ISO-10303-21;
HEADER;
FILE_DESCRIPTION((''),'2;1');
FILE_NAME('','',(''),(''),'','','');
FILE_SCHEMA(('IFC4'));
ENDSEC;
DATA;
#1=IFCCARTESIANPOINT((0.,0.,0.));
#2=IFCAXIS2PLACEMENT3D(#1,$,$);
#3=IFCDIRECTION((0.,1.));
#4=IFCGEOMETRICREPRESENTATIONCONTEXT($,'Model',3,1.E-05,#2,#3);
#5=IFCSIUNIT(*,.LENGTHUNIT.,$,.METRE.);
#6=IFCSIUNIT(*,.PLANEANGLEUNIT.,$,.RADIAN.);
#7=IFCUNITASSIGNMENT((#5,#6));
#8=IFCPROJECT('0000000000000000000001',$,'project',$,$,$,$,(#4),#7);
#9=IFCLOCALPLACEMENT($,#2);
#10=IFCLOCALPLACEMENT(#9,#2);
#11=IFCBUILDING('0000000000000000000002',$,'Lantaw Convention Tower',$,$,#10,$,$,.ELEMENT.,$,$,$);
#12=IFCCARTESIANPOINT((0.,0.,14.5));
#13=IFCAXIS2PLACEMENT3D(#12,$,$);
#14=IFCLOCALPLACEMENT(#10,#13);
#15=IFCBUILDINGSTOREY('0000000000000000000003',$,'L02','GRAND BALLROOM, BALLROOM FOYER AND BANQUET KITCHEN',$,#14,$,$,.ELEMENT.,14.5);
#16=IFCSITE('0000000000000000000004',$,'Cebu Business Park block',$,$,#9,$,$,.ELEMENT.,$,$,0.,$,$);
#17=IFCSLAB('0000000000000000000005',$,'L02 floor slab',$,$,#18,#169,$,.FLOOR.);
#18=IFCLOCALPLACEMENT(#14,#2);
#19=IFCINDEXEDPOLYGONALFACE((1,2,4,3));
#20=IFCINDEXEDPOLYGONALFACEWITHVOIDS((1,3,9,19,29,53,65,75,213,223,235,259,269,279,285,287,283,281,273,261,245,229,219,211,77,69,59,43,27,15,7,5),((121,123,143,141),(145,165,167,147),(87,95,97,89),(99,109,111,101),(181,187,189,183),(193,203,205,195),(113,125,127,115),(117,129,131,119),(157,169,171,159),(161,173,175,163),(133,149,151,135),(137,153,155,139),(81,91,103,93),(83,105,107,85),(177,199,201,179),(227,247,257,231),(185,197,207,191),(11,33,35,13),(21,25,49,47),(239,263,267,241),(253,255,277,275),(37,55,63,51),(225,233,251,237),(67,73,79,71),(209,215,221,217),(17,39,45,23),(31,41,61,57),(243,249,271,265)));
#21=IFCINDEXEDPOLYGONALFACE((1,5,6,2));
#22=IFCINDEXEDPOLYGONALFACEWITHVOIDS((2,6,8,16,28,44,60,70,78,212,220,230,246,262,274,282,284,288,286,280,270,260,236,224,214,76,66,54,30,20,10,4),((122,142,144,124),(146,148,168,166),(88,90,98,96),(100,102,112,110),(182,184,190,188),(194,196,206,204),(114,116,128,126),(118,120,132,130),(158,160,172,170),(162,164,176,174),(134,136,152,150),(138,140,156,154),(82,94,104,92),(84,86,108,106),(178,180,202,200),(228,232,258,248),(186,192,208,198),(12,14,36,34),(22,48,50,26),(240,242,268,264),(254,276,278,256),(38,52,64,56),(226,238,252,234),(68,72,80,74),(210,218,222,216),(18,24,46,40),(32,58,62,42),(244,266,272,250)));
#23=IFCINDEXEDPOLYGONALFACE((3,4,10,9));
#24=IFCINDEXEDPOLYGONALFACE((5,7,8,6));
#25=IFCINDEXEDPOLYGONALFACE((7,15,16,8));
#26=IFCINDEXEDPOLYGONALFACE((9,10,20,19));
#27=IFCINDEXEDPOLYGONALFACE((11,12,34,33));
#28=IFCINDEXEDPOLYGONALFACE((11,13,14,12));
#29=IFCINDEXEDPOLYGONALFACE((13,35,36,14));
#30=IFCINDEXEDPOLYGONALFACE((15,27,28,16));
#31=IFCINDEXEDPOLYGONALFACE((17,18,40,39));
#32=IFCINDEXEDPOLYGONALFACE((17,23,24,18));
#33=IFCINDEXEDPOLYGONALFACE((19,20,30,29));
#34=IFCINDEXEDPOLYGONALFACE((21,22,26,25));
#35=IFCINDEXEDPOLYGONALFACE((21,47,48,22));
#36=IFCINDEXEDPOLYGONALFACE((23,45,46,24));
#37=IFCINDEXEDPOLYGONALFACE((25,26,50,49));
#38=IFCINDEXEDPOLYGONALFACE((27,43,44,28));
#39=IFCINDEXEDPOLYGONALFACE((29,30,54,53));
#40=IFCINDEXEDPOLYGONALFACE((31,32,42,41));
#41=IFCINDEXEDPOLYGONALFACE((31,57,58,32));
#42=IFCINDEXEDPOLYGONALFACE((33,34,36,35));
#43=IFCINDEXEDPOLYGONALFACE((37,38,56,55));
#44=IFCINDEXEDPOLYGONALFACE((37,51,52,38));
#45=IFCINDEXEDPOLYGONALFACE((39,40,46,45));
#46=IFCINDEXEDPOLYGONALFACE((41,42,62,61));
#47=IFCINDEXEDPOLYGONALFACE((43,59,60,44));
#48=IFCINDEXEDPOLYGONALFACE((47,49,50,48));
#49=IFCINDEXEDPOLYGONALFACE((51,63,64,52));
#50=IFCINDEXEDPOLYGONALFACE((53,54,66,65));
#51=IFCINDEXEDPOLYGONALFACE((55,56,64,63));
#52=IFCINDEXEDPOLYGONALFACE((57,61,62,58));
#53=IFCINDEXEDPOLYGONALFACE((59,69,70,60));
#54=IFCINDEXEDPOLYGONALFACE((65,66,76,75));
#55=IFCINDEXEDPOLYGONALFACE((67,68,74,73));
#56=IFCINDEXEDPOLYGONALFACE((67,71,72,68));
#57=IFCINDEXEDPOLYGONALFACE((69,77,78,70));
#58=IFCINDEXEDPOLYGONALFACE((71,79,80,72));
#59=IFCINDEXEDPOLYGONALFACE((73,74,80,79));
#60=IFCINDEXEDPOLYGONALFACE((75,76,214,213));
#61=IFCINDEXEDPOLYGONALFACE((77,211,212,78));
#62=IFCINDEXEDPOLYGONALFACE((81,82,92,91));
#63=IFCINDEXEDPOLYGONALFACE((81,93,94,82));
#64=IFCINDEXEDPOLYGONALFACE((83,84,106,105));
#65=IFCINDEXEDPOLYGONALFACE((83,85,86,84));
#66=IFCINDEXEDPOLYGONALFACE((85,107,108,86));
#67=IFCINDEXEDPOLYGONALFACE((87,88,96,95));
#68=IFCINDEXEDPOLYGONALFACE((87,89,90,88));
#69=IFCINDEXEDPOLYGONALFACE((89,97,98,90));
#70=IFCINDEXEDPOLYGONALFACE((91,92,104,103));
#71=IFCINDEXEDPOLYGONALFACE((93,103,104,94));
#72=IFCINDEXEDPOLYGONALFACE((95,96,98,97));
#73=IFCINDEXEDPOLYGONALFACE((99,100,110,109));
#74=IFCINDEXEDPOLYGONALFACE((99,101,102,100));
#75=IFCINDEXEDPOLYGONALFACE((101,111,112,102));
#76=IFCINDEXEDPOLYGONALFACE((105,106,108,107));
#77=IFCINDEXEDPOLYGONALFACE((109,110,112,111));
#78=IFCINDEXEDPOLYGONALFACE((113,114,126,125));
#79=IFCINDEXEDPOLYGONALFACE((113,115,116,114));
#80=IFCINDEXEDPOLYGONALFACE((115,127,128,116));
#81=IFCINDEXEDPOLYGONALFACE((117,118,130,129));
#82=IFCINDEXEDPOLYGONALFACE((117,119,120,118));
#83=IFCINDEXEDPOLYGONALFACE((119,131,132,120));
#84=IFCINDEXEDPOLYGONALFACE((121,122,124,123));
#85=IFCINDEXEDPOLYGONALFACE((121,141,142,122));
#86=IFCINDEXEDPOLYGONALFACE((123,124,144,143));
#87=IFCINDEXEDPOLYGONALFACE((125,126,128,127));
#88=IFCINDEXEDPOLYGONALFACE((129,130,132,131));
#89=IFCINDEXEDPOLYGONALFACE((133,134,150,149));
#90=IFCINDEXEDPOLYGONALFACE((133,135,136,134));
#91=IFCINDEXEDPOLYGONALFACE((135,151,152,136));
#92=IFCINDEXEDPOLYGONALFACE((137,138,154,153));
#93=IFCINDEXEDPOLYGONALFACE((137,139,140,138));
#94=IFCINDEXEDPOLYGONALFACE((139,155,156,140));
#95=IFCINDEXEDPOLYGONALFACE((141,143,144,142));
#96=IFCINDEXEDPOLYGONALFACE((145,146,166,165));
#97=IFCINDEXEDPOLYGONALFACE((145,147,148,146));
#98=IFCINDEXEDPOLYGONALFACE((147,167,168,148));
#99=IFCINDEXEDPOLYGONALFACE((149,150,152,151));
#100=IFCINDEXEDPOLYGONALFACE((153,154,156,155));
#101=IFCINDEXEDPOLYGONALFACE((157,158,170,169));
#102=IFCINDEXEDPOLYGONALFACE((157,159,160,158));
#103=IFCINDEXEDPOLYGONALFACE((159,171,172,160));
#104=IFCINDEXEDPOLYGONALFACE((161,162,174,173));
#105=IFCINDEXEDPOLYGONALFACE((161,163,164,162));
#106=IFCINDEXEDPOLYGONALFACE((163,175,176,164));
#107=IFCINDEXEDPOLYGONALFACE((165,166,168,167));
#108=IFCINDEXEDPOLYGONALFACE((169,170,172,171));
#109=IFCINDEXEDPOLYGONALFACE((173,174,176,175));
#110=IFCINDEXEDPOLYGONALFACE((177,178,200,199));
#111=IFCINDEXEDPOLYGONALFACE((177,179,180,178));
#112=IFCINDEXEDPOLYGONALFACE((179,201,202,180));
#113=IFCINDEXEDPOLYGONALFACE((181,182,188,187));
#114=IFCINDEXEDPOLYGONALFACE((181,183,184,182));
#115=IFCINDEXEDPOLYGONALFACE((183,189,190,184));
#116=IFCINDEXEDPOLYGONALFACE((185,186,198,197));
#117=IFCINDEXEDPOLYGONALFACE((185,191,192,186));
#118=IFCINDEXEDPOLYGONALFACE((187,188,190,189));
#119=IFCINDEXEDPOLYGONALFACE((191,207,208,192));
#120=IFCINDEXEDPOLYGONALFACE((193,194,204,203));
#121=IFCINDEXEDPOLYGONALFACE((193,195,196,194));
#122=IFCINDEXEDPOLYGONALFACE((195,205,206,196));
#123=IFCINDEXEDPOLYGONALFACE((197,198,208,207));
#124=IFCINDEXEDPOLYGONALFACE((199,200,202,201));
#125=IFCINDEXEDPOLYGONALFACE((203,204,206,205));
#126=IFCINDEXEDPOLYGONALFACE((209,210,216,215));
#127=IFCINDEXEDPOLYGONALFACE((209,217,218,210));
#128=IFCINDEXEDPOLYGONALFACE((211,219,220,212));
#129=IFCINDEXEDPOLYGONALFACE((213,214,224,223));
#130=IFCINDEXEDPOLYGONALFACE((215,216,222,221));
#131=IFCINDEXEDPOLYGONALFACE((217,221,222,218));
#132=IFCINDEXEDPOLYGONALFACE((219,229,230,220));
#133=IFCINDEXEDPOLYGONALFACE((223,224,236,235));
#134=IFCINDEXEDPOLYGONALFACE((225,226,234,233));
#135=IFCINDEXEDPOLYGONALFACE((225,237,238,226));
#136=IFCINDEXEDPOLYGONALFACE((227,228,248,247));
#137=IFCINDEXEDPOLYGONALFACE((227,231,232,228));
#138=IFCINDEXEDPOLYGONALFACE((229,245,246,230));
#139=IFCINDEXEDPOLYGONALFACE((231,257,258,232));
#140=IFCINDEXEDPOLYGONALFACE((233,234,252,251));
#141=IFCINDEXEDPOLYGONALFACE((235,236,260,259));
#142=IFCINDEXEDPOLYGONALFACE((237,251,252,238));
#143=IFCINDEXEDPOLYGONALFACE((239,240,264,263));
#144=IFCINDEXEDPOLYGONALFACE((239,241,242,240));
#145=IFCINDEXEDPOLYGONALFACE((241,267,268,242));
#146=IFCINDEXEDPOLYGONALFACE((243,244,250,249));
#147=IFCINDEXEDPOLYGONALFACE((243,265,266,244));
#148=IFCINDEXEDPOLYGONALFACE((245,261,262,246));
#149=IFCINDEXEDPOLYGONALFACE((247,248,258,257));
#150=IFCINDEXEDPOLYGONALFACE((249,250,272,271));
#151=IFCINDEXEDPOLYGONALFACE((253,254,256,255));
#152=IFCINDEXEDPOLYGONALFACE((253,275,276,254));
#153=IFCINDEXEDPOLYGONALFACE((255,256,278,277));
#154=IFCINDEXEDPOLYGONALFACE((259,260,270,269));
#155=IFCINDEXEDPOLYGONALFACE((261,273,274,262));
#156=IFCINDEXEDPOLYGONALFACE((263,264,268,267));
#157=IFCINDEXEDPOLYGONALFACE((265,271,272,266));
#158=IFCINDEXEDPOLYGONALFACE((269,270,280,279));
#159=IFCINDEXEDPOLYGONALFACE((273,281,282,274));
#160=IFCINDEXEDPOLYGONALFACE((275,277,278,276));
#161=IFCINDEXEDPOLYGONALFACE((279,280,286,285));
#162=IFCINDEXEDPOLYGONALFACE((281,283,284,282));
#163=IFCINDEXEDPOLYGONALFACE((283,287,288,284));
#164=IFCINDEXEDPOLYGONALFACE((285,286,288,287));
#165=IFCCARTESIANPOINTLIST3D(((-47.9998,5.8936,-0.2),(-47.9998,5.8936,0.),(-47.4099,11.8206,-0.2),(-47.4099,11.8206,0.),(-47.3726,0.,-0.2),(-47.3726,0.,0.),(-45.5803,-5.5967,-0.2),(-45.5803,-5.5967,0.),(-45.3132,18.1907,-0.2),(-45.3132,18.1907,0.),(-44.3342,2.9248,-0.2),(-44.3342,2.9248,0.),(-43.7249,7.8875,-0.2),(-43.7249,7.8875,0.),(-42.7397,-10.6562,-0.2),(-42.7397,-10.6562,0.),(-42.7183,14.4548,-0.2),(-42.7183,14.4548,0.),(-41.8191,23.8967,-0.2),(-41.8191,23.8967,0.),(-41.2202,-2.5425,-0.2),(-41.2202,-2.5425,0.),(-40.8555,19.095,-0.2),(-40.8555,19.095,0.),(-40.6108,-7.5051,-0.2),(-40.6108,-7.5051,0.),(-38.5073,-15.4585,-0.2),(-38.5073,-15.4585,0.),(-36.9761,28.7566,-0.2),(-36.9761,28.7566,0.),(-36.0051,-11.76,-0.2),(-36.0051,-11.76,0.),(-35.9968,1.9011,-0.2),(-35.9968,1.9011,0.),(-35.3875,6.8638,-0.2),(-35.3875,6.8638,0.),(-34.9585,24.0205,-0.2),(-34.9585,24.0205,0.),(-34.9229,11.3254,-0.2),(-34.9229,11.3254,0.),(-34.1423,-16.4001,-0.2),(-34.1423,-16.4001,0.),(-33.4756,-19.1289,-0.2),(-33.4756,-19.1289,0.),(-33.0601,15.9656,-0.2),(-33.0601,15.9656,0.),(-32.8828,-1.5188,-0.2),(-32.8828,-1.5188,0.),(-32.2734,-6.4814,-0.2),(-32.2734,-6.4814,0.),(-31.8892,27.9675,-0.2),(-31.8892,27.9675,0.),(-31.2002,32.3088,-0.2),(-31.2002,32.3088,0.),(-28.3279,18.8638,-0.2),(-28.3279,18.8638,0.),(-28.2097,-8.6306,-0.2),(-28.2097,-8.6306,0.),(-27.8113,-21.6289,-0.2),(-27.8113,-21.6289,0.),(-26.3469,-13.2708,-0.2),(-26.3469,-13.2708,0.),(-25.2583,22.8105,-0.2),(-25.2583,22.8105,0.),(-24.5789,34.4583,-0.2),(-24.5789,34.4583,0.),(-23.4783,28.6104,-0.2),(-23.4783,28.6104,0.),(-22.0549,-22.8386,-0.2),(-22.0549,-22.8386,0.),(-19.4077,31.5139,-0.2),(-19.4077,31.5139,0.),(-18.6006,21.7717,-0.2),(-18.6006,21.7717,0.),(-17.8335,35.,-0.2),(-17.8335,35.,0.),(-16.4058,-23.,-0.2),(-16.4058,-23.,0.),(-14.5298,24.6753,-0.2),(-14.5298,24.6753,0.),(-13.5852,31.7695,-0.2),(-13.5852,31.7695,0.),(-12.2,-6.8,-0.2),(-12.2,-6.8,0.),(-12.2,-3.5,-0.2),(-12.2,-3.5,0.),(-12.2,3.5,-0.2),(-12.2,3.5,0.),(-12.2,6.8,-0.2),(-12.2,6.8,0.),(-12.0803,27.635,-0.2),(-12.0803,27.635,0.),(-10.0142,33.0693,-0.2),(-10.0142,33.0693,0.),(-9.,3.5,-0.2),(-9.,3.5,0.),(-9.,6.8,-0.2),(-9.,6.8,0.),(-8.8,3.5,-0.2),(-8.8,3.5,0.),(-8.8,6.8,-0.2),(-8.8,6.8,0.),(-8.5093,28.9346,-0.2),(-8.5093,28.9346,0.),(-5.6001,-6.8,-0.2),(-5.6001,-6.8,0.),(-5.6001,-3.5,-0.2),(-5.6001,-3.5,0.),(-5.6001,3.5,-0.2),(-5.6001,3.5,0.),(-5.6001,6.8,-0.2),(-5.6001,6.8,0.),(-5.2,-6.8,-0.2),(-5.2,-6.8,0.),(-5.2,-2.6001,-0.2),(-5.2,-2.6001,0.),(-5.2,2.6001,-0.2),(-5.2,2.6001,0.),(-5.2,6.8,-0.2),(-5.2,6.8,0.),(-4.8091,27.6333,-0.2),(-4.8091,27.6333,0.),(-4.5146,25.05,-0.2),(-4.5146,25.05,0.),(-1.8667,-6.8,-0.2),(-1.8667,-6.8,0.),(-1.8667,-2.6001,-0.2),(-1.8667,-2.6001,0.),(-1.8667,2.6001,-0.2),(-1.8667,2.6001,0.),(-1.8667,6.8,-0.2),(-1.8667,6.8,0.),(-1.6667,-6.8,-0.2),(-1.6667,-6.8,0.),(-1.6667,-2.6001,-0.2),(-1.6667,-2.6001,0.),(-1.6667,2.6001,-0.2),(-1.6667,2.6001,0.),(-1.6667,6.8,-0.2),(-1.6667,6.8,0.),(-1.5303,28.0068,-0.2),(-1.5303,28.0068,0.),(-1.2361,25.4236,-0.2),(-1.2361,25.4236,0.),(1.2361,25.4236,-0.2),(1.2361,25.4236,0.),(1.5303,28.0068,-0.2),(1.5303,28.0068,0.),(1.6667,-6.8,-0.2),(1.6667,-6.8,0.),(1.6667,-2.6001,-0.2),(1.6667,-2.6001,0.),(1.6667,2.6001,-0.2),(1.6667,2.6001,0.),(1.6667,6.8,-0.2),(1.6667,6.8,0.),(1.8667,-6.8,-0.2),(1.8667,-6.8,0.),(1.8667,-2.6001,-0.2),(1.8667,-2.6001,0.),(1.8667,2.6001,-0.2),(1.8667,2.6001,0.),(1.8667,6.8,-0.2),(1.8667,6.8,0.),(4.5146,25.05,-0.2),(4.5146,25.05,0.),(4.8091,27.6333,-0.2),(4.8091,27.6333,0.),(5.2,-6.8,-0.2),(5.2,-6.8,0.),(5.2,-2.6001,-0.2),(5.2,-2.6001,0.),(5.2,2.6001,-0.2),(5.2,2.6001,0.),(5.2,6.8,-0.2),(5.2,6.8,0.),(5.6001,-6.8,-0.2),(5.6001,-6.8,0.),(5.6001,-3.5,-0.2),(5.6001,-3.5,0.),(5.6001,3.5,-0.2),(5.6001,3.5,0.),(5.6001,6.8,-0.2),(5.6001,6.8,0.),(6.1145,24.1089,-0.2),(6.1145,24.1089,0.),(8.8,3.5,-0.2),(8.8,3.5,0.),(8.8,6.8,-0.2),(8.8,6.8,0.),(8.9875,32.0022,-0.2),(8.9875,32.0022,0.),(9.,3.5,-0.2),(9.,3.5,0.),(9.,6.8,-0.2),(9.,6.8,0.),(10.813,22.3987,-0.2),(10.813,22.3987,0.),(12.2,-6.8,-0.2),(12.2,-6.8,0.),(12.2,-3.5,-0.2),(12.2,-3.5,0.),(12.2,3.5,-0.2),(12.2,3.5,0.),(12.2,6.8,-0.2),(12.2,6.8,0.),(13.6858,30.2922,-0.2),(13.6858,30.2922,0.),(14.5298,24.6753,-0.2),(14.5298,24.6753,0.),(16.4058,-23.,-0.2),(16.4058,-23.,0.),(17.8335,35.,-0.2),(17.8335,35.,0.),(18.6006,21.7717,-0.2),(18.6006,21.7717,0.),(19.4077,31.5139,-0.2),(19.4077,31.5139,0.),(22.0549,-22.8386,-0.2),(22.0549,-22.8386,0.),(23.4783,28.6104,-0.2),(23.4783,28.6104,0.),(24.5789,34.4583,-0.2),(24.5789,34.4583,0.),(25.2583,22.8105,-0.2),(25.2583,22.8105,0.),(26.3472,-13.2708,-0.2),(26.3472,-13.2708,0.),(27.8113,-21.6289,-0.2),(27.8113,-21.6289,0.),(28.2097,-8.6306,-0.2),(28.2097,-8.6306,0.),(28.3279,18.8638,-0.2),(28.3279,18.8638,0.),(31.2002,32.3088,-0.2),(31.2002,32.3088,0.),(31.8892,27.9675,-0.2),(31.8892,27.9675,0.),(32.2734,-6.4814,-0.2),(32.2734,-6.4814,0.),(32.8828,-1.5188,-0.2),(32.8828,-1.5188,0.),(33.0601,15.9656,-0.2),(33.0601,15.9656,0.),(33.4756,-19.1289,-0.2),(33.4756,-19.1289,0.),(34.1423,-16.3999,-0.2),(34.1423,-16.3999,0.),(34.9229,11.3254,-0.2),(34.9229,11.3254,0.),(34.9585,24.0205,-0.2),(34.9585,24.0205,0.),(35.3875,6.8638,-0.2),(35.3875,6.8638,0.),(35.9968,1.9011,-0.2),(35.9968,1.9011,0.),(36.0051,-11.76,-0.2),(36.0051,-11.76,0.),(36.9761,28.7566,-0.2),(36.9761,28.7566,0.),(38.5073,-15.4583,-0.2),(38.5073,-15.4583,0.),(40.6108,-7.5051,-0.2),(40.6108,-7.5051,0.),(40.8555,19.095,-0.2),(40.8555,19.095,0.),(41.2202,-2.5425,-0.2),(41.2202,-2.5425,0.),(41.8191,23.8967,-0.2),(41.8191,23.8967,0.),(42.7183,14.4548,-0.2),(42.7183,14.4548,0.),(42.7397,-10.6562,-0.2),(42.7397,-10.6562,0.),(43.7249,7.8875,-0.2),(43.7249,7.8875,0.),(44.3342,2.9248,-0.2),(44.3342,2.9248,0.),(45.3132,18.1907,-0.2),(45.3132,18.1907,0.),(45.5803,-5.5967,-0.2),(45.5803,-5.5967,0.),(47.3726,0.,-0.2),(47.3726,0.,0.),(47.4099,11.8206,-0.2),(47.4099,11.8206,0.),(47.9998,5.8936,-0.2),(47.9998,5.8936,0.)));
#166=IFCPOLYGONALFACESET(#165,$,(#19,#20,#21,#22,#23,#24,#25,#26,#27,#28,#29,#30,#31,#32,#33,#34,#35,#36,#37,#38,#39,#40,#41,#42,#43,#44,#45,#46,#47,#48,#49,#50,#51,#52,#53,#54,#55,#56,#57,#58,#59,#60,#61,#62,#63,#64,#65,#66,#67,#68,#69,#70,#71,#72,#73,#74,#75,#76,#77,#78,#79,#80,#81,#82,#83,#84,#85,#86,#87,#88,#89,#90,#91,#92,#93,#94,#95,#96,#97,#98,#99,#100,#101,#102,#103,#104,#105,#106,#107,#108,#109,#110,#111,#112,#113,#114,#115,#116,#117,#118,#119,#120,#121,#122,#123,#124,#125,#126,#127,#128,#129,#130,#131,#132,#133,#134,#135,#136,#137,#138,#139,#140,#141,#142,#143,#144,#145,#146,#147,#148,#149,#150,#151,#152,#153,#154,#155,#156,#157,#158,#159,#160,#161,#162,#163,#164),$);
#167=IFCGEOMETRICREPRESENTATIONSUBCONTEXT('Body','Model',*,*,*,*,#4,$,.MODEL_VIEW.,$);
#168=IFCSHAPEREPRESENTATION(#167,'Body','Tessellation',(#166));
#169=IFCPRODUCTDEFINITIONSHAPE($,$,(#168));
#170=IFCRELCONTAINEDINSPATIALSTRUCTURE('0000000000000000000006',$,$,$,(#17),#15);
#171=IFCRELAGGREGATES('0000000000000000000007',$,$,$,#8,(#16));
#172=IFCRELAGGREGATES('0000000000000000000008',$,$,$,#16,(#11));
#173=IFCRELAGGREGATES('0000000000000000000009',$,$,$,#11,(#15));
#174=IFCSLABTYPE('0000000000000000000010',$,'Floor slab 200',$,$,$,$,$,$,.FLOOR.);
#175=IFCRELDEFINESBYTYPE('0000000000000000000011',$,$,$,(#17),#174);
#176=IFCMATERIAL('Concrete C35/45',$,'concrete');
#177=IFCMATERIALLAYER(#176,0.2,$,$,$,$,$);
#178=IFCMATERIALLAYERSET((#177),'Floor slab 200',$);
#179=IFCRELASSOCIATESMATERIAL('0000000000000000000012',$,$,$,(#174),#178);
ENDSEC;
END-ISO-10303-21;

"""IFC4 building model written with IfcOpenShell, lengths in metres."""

from ifc_helpers import new_model, si_unit, direction, frame, origin, place, context, subcontext, project, spatial, polyline, outline, extrude, material, layer, layer_set, type_object, element, save


model = new_model("IFC4")

# Units and contexts
model_context = context("Model", 3, precision=1e-05, world=origin(), true_north=direction((0.0, 1.0)))
body_context = subcontext(model_context, "Body", "Model", "MODEL_VIEW")
ifc_project = project(units=[si_unit("LENGTHUNIT", "METRE"), si_unit("PLANEANGLEUNIT", "RADIAN")], contexts=[model_context])

# Site, building, storey
site_placement = place(None, origin())
site = spatial("IfcSite", under=ifc_project, at=site_placement, Name="Cebu Business Park block", CompositionType="ELEMENT", RefElevation=0.0)
building_placement = place(site_placement, origin())
building = spatial("IfcBuilding", under=site, at=building_placement, Name="Lantaw Convention Tower", CompositionType="ELEMENT")
storey_placement = place(building_placement, frame((0.0, 0.0, 14.5)))
storey = spatial("IfcBuildingStorey", under=building, at=storey_placement, Name="L02", Description="GRAND BALLROOM, BALLROOM FOYER AND BANQUET KITCHEN", CompositionType="ELEMENT", Elevation=14.5)

# Slab
ifc_material_1 = material(Name="Concrete C35/45", Category="concrete")
ifc_layer_1 = layer(ifc_material_1, 0.2)
ifc_layer_set_1 = layer_set([ifc_layer_1], Name="Floor slab 200")
slab_type_1 = type_object("IfcSlabType", Name="Floor slab 200", PredefinedType="FLOOR", material=ifc_layer_set_1)
slab_1_placement = place(storey_placement, frame((0.0, 0.0, -0.2)))
element("IfcSlab", 1, at=slab_1_placement, inside=storey, type_object=slab_type_1, Name="L02 floor slab", PredefinedType="FLOOR", context=body_context, shape_type="SweptSolid", body=[
    extrude(outline(polyline([(45.5803, -5.5967), (47.3726, 0.0), (47.9998, 5.8936), (47.4099, 11.8206), (45.3132, 18.1907), (41.8191, 23.8967), (36.9761, 28.7566), (31.2002, 32.3088), (24.5789, 34.4583), (17.8335, 35.0), (-17.8335, 35.0), (-24.5789, 34.4583), (-31.2002, 32.3088), (-36.9761, 28.7566), (-41.8191, 23.8967), (-45.3132, 18.1907), (-47.4099, 11.8206), (-47.9998, 5.8936), (-47.3726, 0.0), (-45.5803, -5.5967), (-42.7397, -10.6562), (-38.5073, -15.4585), (-33.4756, -19.1289), (-27.8113, -21.6289), (-22.0549, -22.8386), (-16.4058, -23.0), (16.4058, -23.0), (22.0549, -22.8386), (27.8113, -21.6289), (33.4756, -19.1289), (38.5073, -15.4583), (42.7397, -10.6562), (45.5803, -5.5967)]), holes=[polyline([(-36.0051, -11.76), (-34.1423, -16.4001), (-26.3469, -13.2708), (-28.2097, -8.6306), (-36.0051, -11.76)]), polyline([(-12.2, -6.8), (-5.6001, -6.8), (-5.6001, -3.5), (-12.2, -3.5), (-12.2, -6.8)]), polyline([(-5.2, -6.8), (-1.8667, -6.8), (-1.8667, -2.6001), (-5.2, -2.6001), (-5.2, -6.8)]), polyline([(-1.6667, -6.8), (1.6667, -6.8), (1.6667, -2.6001), (-1.6667, -2.6001), (-1.6667, -6.8)]), polyline([(-32.8828, -1.5188), (-41.2202, -2.5425), (-40.6108, -7.5051), (-32.2734, -6.4814), (-32.8828, -1.5188)]), polyline([(-5.2, 2.6001), (-1.8667, 2.6001), (-1.8667, 6.8), (-5.2, 6.8), (-5.2, 2.6001)]), polyline([(-35.3875, 6.8638), (-43.7249, 7.8875), (-44.3342, 2.9248), (-35.9968, 1.9011), (-35.3875, 6.8638)]), polyline([(-9.0, 3.5), (-9.0, 6.8), (-12.2, 6.8), (-12.2, 3.5), (-9.0, 3.5)]), polyline([(-8.8, 3.5), (-5.6001, 3.5), (-5.6001, 6.8), (-8.8, 6.8), (-8.8, 3.5)]), polyline([(-33.0601, 15.9656), (-40.8555, 19.095), (-42.7183, 14.4548), (-34.9229, 11.3254), (-33.0601, 15.9656)]), polyline([(-25.2583, 22.8105), (-31.8892, 27.9675), (-34.9585, 24.0205), (-28.3279, 18.8638), (-25.2583, 22.8105)]), polyline([(-1.2361, 25.4236), (-1.5303, 28.0068), (-4.8091, 27.6333), (-4.5146, 25.05), (-1.2361, 25.4236)]), polyline([(-14.5298, 24.6753), (-19.4077, 31.5139), (-23.4783, 28.6104), (-18.6006, 21.7717), (-14.5298, 24.6753)]), polyline([(-8.5093, 28.9346), (-10.0142, 33.0693), (-13.5852, 31.7695), (-12.0803, 27.635), (-8.5093, 28.9346)]), polyline([(34.1423, -16.3999), (36.0051, -11.76), (28.2097, -8.6306), (26.3472, -13.2708), (34.1423, -16.3999)]), polyline([(5.6001, -6.8), (12.2, -6.8), (12.2, -3.5), (5.6001, -3.5), (5.6001, -6.8)]), polyline([(1.8667, -6.8), (5.2, -6.8), (5.2, -2.6001), (1.8667, -2.6001), (1.8667, -6.8)]), polyline([(32.2734, -6.4814), (40.6108, -7.5051), (41.2202, -2.5425), (32.8828, -1.5188), (32.2734, -6.4814)]), polyline([(-1.6667, 2.6001), (1.6667, 2.6001), (1.6667, 6.8), (-1.6667, 6.8), (-1.6667, 2.6001)]), polyline([(1.8667, 2.6001), (5.2, 2.6001), (5.2, 6.8), (1.8667, 6.8), (1.8667, 2.6001)]), polyline([(35.9968, 1.9011), (44.3342, 2.9248), (43.7249, 7.8875), (35.3875, 6.8638), (35.9968, 1.9011)]), polyline([(8.8, 3.5), (8.8, 6.8), (5.6001, 6.8), (5.6001, 3.5), (8.8, 3.5)]), polyline([(9.0, 3.5), (12.2, 3.5), (12.2, 6.8), (9.0, 6.8), (9.0, 3.5)]), polyline([(34.9229, 11.3254), (42.7183, 14.4548), (40.8555, 19.095), (33.0601, 15.9656), (34.9229, 11.3254)]), polyline([(28.3279, 18.8638), (34.9585, 24.0205), (31.8892, 27.9675), (25.2583, 22.8105), (28.3279, 18.8638)]), polyline([(4.5146, 25.05), (4.8091, 27.6333), (1.5303, 28.0068), (1.2361, 25.4236), (4.5146, 25.05)]), polyline([(18.6006, 21.7717), (23.4783, 28.6104), (19.4077, 31.5139), (14.5298, 24.6753), (18.6006, 21.7717)]), polyline([(10.813, 22.3987), (13.6858, 30.2922), (8.9875, 32.0022), (6.1145, 24.1089), (10.813, 22.3987)])]), origin(), (0.0, 0.0, 1.0), 0.2),
])

save(model, "model.ifc")
